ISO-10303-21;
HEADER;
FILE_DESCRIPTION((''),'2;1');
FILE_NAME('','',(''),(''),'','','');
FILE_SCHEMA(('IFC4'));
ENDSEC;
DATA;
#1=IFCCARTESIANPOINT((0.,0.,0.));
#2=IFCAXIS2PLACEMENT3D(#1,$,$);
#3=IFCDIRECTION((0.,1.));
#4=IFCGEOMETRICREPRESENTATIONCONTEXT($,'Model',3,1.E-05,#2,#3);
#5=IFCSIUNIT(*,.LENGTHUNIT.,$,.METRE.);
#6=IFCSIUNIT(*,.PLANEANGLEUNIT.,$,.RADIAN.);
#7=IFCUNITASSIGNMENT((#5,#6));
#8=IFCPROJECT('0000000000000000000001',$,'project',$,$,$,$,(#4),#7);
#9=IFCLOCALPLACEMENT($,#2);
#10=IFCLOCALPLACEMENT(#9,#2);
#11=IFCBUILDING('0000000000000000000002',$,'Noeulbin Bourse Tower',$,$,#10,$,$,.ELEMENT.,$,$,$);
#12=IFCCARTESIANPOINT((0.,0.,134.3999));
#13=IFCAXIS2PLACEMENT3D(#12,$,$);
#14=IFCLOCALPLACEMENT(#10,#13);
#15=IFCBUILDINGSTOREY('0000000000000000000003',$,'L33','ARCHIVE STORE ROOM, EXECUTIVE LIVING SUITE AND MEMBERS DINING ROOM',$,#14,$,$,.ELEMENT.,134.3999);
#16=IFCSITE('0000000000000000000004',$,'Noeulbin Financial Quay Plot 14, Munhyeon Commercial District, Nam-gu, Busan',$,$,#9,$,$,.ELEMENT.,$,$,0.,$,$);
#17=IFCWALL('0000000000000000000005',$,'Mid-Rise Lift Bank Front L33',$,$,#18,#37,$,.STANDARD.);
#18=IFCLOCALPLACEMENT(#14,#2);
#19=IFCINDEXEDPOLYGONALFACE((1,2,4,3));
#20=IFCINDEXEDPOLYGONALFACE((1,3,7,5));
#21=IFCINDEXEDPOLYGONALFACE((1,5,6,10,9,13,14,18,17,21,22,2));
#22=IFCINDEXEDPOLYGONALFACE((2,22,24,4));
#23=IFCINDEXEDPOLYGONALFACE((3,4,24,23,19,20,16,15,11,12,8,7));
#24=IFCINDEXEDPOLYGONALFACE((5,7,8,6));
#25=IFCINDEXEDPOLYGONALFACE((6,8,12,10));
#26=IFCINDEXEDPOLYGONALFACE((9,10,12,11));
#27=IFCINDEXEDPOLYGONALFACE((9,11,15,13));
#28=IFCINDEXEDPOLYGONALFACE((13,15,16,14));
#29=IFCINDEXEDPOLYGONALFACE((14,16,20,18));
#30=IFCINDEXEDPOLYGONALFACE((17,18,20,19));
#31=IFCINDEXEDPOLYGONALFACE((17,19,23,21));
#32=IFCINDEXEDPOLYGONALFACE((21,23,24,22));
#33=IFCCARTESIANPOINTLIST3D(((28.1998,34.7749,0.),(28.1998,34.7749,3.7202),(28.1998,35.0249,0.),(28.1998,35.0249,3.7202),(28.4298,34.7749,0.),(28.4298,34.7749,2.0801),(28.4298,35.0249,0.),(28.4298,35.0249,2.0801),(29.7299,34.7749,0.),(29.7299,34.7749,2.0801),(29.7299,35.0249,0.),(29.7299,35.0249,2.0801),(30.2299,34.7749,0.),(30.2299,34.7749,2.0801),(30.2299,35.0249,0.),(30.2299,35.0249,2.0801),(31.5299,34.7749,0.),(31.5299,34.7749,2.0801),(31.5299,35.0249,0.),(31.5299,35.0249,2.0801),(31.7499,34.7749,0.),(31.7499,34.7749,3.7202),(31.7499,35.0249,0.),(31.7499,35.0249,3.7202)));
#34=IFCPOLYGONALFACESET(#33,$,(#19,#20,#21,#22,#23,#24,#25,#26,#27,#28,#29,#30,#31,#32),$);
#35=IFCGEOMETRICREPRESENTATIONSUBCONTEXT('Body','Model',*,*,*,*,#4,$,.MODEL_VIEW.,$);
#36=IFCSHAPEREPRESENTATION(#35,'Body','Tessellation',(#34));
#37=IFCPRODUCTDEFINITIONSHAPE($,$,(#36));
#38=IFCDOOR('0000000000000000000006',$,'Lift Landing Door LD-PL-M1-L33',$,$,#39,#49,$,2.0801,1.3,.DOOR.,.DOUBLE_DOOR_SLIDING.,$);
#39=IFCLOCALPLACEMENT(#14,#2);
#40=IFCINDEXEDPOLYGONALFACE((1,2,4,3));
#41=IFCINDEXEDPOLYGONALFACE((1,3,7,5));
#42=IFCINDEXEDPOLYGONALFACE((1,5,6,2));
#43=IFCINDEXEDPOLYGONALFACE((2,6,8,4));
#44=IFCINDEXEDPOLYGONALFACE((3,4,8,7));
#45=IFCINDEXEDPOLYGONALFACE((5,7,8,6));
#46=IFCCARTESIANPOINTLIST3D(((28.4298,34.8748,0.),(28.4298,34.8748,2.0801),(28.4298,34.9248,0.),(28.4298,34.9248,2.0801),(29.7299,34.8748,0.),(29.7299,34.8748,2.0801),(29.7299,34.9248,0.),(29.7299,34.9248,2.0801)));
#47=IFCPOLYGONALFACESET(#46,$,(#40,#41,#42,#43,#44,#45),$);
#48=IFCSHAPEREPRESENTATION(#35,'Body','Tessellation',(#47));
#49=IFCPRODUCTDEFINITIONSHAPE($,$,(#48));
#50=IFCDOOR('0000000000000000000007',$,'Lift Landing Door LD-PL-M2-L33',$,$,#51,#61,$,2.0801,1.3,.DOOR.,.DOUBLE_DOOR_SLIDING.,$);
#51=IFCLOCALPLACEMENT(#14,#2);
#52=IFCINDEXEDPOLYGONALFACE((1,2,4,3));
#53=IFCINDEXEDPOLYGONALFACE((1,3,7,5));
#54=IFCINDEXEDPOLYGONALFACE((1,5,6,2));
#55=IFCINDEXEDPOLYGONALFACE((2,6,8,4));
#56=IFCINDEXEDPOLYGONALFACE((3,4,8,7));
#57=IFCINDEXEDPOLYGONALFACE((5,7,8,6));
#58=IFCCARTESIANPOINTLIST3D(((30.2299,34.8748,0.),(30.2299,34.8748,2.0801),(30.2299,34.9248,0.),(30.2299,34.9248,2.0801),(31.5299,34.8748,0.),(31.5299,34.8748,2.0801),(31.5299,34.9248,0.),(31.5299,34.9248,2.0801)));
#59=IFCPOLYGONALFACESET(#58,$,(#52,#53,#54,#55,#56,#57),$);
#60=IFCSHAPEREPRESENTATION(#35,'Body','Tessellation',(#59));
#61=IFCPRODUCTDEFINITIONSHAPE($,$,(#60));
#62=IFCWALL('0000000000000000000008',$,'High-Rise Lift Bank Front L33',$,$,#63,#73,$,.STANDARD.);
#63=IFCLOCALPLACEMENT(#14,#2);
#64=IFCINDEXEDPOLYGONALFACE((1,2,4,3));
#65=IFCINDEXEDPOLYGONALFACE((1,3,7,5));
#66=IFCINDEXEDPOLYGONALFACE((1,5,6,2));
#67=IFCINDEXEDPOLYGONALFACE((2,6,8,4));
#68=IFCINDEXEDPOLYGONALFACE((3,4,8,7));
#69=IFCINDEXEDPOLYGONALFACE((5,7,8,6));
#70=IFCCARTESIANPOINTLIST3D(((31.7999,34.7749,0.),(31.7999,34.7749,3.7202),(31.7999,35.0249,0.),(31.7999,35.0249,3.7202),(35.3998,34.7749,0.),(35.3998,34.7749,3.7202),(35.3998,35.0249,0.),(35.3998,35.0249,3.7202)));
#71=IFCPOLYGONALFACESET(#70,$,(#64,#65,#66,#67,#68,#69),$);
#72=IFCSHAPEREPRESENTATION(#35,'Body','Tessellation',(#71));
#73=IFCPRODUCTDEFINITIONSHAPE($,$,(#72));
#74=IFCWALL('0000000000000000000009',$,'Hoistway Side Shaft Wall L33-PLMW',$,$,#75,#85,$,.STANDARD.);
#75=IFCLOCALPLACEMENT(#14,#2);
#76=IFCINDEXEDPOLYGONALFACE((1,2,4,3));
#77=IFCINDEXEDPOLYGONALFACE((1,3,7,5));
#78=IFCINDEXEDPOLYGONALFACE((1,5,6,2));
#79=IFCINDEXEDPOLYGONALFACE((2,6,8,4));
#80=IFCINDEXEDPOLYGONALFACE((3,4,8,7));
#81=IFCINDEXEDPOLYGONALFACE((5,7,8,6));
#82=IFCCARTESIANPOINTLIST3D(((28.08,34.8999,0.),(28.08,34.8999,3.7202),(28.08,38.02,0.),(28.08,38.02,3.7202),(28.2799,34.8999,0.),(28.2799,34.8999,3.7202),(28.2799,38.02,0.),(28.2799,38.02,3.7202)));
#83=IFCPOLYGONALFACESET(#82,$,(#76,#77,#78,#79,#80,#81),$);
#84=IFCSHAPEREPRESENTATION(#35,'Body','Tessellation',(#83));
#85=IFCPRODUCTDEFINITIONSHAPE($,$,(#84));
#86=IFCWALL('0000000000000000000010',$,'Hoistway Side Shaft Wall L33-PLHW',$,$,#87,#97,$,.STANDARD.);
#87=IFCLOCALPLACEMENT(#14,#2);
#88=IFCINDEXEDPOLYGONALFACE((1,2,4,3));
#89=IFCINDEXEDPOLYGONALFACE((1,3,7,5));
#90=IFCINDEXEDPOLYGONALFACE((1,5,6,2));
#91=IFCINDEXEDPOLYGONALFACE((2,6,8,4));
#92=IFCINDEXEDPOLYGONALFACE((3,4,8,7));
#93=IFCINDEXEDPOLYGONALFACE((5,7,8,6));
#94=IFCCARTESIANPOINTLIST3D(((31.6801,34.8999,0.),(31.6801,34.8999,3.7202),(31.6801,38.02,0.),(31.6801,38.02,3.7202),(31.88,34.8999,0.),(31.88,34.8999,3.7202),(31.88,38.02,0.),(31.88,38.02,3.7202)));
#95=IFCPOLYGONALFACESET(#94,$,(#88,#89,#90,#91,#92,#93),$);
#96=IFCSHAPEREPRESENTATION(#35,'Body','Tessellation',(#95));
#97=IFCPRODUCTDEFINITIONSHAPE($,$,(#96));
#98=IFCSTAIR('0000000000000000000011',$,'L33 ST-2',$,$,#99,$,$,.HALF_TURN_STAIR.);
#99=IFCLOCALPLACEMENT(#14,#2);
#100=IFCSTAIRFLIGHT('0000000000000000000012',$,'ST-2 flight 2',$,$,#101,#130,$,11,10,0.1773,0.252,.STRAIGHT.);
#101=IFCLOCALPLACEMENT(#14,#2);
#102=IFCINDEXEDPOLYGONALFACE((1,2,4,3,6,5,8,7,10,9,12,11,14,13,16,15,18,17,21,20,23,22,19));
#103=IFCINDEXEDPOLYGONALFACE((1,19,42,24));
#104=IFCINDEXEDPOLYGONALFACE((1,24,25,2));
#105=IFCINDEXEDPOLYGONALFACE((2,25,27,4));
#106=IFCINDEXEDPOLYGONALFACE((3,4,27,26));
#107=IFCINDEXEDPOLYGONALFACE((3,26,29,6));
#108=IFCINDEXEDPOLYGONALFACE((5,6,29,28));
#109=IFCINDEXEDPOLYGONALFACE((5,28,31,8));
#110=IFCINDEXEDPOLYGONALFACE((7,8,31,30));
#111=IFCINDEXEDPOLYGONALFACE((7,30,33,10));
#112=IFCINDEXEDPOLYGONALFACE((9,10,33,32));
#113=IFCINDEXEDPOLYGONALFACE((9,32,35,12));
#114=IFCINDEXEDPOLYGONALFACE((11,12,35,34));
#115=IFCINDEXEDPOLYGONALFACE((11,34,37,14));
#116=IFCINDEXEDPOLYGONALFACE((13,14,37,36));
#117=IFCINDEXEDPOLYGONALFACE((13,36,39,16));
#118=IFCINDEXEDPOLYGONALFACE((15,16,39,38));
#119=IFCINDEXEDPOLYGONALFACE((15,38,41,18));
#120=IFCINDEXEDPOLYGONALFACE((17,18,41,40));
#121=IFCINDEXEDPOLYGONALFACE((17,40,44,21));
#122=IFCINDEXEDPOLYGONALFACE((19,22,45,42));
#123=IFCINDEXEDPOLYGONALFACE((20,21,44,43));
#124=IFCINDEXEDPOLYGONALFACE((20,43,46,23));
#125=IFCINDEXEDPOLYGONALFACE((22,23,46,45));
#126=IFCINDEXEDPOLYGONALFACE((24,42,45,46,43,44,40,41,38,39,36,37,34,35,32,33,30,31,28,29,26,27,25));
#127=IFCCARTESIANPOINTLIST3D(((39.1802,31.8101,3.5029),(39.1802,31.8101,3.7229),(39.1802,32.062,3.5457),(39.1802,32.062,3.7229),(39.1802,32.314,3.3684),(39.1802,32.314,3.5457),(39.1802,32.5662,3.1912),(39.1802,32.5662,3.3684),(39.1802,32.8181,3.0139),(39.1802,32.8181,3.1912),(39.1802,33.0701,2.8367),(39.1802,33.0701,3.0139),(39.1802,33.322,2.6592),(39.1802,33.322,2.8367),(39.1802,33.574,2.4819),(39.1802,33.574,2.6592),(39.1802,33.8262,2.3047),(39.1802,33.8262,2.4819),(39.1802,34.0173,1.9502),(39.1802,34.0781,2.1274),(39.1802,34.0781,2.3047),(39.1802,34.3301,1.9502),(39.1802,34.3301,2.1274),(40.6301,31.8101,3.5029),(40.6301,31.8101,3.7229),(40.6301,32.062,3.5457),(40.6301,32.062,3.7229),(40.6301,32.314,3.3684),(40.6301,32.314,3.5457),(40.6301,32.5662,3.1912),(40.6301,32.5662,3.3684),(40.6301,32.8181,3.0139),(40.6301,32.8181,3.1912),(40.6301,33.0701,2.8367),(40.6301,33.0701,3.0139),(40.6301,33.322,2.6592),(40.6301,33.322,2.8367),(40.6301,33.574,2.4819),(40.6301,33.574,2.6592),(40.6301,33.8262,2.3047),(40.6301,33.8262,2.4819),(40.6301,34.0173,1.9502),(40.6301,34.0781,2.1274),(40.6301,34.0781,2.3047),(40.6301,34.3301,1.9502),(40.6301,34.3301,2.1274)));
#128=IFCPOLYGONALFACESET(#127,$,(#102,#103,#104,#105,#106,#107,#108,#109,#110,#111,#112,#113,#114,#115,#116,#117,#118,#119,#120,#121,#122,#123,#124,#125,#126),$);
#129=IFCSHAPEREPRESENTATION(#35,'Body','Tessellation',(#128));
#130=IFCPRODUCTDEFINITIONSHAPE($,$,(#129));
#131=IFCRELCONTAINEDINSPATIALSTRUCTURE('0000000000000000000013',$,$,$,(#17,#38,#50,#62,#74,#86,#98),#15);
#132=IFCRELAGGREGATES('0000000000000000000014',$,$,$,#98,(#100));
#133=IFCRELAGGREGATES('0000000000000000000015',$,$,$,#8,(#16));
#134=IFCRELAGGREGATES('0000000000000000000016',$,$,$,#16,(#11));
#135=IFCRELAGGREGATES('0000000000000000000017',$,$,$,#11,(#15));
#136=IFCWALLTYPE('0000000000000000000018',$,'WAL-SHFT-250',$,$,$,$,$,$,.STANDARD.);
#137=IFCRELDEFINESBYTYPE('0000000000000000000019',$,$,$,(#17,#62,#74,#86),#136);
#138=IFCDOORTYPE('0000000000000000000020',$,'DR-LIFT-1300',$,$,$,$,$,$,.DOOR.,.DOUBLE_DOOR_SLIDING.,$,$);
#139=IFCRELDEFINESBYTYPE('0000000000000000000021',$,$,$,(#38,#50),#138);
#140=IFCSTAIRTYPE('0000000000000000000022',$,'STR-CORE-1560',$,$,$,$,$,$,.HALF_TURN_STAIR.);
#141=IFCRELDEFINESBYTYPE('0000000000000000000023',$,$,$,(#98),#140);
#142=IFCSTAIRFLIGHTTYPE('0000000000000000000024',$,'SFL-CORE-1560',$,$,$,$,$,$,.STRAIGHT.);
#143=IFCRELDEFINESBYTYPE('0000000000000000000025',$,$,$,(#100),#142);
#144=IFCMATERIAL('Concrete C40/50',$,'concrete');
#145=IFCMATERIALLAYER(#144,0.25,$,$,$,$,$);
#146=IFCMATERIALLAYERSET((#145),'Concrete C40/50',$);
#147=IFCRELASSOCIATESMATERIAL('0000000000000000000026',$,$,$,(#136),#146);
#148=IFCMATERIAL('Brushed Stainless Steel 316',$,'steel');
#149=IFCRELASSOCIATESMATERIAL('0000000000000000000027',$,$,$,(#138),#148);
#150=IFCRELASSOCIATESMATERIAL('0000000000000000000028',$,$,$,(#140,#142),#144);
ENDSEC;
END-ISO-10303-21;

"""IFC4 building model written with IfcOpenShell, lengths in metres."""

from ifc_helpers import new_model, si_unit, direction, frame, frame_2d, origin, place, context, subcontext, project, spatial, polyline, rectangle, outline, extrude, material, layer, layer_set, type_object, element, fill, aggregate, save


model = new_model("IFC4")

# Units and contexts
model_context = context("Model", 3, precision=1e-05, world=origin(), true_north=direction((0.0, 1.0)))
body_context = subcontext(model_context, "Body", "Model", "MODEL_VIEW")
ifc_project = project(units=[si_unit("LENGTHUNIT", "METRE"), si_unit("PLANEANGLEUNIT", "RADIAN")], contexts=[model_context])

# Site, building, storey
site_placement = place(None, origin())
site = spatial("IfcSite", under=ifc_project, at=site_placement, Name="Noeulbin Financial Quay Plot 14, Munhyeon Commercial District, Nam-gu, Busan", CompositionType="ELEMENT", RefElevation=0.0)
building_placement = place(site_placement, origin())
building = spatial("IfcBuilding", under=site, at=building_placement, Name="Noeulbin Bourse Tower", CompositionType="ELEMENT")
storey_placement = place(building_placement, frame((0.0, 0.0, 134.3999)))
storey = spatial("IfcBuildingStorey", under=building, at=storey_placement, Name="L33", Description="ARCHIVE STORE ROOM, EXECUTIVE LIVING SUITE AND MEMBERS DINING ROOM", CompositionType="ELEMENT", Elevation=134.3999)

# Shared definitions
ifc_material_1 = material(Name="Concrete C40/50", Category="concrete")
ifc_layer_1 = layer(ifc_material_1, 0.25)
ifc_layer_set_1 = layer_set([ifc_layer_1], Name="Concrete C40/50")
wall_type = type_object("IfcWallType", Name="WAL-SHFT-250", PredefinedType="STANDARD", material=ifc_layer_set_1)

# Wall, openings, doors
wall_1_placement = place(storey_placement, frame((28.2, 34.8999, 0.0), z_axis=(0.0, 0.0, 1.0), x_axis=(1.0, 0.0, 0.0)))
wall_1 = element("IfcWall", 1, at=wall_1_placement, inside=storey, type_object=wall_type, Name="Mid-Rise Lift Bank Front L33", PredefinedType="STANDARD", context=body_context, shape_type="SweptSolid", body=[
    extrude(rectangle(XDim=3.55, YDim=0.25, at=frame_2d((1.7749, 0.0))), origin(), (0.0, 0.0, 1.0), 3.7202),
])
opening_1_placement = place(wall_1_placement, frame((0.23, 0.0, 0.0)))
opening_1 = element("IfcOpeningElement", 2, at=opening_1_placement, cuts=wall_1, PredefinedType="OPENING", context=body_context, shape_type="SweptSolid", body=[
    extrude(rectangle(XDim=1.3, YDim=2.0801, at=frame_2d((0.6499, 1.04))), frame((0.0, 0.135, 0.0), z_axis=(0.0, -1.0, 0.0), x_axis=(1.0, 0.0, 0.0)), (0.0, 0.0, 1.0), 0.27),
])
opening_2_placement = place(wall_1_placement, frame((2.03, 0.0, 0.0)))
opening_2 = element("IfcOpeningElement", 3, at=opening_2_placement, cuts=wall_1, PredefinedType="OPENING", context=body_context, shape_type="SweptSolid", body=[
    extrude(rectangle(XDim=1.3, YDim=2.0801, at=frame_2d((0.6499, 1.04))), frame((0.0, 0.135, 0.0), z_axis=(0.0, -1.0, 0.0), x_axis=(1.0, 0.0, 0.0)), (0.0, 0.0, 1.0), 0.27),
])
ifc_material_2 = material(Name="Brushed Stainless Steel 316", Category="steel")
door_type = type_object("IfcDoorType", Name="DR-LIFT-1300", OperationType="DOUBLE_DOOR_SLIDING", PredefinedType="DOOR", material=ifc_material_2)
door_1_placement = place(opening_1_placement, origin())
door_1 = element("IfcDoor", 4, at=door_1_placement, inside=storey, type_object=door_type, Name="Lift Landing Door LD-PL-M1-L33", OperationType="DOUBLE_DOOR_SLIDING", OverallHeight=2.0801, OverallWidth=1.3, PredefinedType="DOOR", context=body_context, shape_type="SweptSolid", body=[
    extrude(rectangle(XDim=1.3, YDim=2.0801, at=frame_2d((0.6499, 1.04))), frame((0.0, 0.0249, 0.0), z_axis=(0.0, -1.0, 0.0), x_axis=(1.0, 0.0, 0.0)), (0.0, 0.0, 1.0), 0.05),
])
fill(opening_1, door_1)
door_2_placement = place(opening_2_placement, origin())
door_2 = element("IfcDoor", 5, at=door_2_placement, inside=storey, type_object=door_type, Name="Lift Landing Door LD-PL-M2-L33", OperationType="DOUBLE_DOOR_SLIDING", OverallHeight=2.0801, OverallWidth=1.3, PredefinedType="DOOR", context=body_context, shape_type="SweptSolid", body=[
    extrude(rectangle(XDim=1.3, YDim=2.0801, at=frame_2d((0.6499, 1.04))), frame((0.0, 0.0249, 0.0), z_axis=(0.0, -1.0, 0.0), x_axis=(1.0, 0.0, 0.0)), (0.0, 0.0, 1.0), 0.05),
])
fill(opening_2, door_2)

# Walls
wall_2_placement = place(storey_placement, frame((31.8, 34.8999, 0.0), z_axis=(0.0, 0.0, 1.0), x_axis=(1.0, 0.0, 0.0)))
element("IfcWall", 6, at=wall_2_placement, inside=storey, type_object=wall_type, Name="High-Rise Lift Bank Front L33", PredefinedType="STANDARD", context=body_context, shape_type="SweptSolid", body=[
    extrude(rectangle(XDim=3.5999, YDim=0.25, at=frame_2d((1.7998, 0.0))), origin(), (0.0, 0.0, 1.0), 3.7202),
])
for number, where, z_axis, x_axis, name in (
    (7, (28.1799, 34.8999, 0.0), (0.0, 0.0, 1.0), (0.0, 1.0, 0.0), "Hoistway Side Shaft Wall L33-PLMW"),
    (8, (31.78, 34.8999, 0.0), (0.0, 0.0, 1.0), (0.0, 1.0, 0.0), "Hoistway Side Shaft Wall L33-PLHW"),
):
    element("IfcWall", number, at=place(storey_placement, frame(where, z_axis=z_axis, x_axis=x_axis)), inside=storey, type_object=wall_type, Name=name, PredefinedType="STANDARD", context=body_context, shape_type="SweptSolid", body=[
        extrude(rectangle(XDim=3.1201, YDim=0.2, at=frame_2d((1.5601, 0.0))), origin(), (0.0, 0.0, 1.0), 3.7202),
    ])

# Stair, stair flight
stair_type = type_object("IfcStairType", Name="STR-CORE-1560", PredefinedType="HALF_TURN_STAIR", material=ifc_material_1)
stair_placement = place(storey_placement, origin())
stair = element("IfcStair", 9, at=stair_placement, inside=storey, type_object=stair_type, Name="L33 ST-2", PredefinedType="HALF_TURN_STAIR")
stair_flight_type = type_object("IfcStairFlightType", Name="SFL-CORE-1560", PredefinedType="STRAIGHT", material=ifc_material_1)
stair_flight_placement = place(storey_placement, frame((39.905, 34.3301, 1.9502), z_axis=(0.0, 0.0, 1.0), x_axis=(0.0, -1.0, 0.0)))
stair_flight = element("IfcStairFlight", 10, at=stair_flight_placement, type_object=stair_flight_type, Name="ST-2 flight 2", NumberOfRisers=11, NumberOfTreads=10, PredefinedType="STRAIGHT", RiserHeight=0.1773, TreadLength=0.252, context=body_context, shape_type="SweptSolid", body=[
    extrude(outline(polyline([(0.0, 0.0), (0.0, 0.1772), (0.252, 0.1772), (0.252, 0.3545), (0.5039, 0.3545), (0.5039, 0.5317), (0.7561, 0.5317), (0.7561, 0.709), (1.0081, 0.709), (1.0081, 0.8865), (1.26, 0.8865), (1.26, 1.0637), (1.512, 1.0637), (1.512, 1.241), (1.7639, 1.241), (1.7639, 1.4182), (2.0161, 1.4182), (2.0161, 1.5955), (2.2681, 1.5955), (2.2681, 1.7727), (2.52, 1.7727), (2.52, 1.95), (2.52, 1.5527), (0.3127, 0.0), (0.0, 0.0)])), frame((0.0, 0.7251, 0.0), z_axis=(0.0, -1.0, 0.0), x_axis=(1.0, 0.0, 0.0)), (0.0, 0.0, 1.0), 1.45),
])
aggregate(stair, [stair_flight])

save(model, "model.ifc")
